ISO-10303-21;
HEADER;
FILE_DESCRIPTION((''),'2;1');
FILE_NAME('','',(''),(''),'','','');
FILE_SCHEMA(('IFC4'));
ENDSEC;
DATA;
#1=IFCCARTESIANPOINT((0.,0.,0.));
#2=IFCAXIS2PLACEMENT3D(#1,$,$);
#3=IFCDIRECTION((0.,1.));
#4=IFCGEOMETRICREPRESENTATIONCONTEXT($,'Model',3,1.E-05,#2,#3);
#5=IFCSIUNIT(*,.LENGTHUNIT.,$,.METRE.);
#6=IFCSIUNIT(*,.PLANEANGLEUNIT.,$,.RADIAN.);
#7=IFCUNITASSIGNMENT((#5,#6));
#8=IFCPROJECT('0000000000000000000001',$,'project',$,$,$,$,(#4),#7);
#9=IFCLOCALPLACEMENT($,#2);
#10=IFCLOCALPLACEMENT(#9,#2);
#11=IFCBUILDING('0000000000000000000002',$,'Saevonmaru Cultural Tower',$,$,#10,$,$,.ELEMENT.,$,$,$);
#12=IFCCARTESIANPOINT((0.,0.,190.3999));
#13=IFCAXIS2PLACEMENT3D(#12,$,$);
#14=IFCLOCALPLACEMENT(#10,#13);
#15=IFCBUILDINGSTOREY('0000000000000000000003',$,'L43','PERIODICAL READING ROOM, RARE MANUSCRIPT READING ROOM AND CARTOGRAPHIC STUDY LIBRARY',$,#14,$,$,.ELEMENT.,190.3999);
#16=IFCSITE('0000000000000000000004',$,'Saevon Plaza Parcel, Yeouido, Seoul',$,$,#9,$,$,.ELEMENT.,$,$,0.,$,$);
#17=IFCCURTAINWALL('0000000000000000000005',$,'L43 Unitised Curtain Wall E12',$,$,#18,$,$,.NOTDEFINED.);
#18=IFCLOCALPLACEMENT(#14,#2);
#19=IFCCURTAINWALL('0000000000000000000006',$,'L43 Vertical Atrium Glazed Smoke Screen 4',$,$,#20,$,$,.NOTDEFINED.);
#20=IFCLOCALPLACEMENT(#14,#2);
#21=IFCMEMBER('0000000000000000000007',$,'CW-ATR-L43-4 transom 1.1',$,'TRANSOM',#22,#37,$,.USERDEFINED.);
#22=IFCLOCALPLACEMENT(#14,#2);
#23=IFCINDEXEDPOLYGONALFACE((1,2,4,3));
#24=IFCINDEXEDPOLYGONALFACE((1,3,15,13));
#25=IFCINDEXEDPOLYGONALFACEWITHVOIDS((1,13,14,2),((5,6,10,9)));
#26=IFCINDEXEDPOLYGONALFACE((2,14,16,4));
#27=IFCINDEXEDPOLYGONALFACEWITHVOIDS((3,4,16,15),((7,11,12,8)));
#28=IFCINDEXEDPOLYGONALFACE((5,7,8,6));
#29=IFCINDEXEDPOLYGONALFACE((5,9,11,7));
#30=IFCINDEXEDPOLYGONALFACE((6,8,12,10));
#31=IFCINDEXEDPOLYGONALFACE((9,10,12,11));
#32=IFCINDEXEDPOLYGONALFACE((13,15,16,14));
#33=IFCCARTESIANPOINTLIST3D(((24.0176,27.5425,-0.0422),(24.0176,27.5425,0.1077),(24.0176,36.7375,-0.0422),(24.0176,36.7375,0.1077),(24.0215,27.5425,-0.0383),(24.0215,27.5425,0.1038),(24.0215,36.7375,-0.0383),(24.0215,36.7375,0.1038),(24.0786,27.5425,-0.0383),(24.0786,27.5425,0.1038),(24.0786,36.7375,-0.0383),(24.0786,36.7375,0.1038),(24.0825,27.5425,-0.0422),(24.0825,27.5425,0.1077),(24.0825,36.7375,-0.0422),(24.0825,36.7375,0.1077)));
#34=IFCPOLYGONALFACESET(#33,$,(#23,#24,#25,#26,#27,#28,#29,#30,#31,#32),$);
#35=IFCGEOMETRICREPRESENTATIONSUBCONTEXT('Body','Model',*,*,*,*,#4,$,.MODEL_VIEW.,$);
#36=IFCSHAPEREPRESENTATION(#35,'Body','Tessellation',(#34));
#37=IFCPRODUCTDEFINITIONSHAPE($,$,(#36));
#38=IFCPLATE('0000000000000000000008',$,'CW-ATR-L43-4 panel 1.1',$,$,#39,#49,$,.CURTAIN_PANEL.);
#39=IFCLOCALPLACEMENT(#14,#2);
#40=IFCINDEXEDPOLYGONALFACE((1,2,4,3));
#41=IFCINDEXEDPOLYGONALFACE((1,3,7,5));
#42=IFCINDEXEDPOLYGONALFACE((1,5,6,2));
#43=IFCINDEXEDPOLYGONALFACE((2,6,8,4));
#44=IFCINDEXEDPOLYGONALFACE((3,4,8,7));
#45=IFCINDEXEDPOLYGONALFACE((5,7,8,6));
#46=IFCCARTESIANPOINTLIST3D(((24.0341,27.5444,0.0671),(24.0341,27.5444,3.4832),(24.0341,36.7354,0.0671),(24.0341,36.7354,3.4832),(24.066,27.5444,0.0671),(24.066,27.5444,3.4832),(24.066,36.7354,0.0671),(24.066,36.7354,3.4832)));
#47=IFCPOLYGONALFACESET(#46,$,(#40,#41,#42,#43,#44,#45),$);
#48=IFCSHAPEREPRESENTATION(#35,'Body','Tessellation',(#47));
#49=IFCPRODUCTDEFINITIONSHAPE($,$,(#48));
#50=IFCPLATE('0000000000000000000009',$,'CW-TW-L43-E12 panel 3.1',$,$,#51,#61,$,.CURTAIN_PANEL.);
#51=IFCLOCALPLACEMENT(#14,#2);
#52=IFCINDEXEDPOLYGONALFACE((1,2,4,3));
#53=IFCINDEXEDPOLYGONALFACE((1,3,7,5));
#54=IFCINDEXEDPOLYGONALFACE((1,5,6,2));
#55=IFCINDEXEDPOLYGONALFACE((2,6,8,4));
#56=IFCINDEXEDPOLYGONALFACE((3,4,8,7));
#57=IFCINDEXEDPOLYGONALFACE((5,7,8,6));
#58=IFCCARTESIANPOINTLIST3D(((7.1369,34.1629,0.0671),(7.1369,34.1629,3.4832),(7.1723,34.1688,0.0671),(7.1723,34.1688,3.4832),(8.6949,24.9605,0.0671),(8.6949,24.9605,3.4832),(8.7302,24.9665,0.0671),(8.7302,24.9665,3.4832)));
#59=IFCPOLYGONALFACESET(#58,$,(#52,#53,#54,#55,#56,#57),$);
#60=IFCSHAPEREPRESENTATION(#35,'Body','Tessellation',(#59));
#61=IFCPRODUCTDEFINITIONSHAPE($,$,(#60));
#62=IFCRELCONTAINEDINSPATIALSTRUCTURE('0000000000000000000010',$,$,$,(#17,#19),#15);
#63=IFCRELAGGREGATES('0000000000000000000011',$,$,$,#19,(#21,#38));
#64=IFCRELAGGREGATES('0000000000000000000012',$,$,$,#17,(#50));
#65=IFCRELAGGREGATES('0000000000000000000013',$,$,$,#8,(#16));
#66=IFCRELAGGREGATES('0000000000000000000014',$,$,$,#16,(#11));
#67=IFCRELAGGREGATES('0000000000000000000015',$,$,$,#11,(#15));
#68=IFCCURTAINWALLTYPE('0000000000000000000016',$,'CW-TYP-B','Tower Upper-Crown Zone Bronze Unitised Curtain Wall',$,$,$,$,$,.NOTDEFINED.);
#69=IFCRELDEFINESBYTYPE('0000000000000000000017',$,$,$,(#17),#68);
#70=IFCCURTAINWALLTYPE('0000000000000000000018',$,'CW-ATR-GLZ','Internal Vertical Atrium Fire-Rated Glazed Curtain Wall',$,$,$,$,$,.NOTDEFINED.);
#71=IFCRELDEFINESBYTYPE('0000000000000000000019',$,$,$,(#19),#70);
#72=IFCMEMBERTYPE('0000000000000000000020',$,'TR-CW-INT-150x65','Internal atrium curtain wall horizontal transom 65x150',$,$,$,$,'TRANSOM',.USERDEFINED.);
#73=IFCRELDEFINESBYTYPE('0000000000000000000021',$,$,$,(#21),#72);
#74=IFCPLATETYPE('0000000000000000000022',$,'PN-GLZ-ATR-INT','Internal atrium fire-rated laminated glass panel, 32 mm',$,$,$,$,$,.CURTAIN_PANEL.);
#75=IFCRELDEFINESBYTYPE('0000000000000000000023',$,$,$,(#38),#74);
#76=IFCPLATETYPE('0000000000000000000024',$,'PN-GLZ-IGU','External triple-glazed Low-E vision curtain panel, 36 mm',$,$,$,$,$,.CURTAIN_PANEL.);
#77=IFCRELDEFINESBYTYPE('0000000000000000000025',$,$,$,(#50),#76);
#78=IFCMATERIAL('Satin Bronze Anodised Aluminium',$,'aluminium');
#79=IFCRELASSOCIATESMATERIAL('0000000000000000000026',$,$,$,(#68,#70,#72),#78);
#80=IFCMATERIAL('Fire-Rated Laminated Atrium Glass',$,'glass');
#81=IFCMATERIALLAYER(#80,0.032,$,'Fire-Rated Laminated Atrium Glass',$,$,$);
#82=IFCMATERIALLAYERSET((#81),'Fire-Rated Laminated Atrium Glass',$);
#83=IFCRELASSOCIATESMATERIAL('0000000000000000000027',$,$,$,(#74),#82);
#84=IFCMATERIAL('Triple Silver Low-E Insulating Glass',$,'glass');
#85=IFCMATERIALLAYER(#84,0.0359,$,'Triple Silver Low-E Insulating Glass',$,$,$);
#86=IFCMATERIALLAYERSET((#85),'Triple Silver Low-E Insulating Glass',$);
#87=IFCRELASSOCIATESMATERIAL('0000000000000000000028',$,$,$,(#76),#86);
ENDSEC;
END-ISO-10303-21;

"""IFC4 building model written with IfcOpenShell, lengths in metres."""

from ifc_helpers import new_model, si_unit, direction, frame, origin, origin_2d, place, context, subcontext, project, spatial, rectangle, hollow_rectangle, extrude, material, layer, layer_set, material_profile, profile_set, type_object, element, aggregate, save


model = new_model("IFC4")

# Units and contexts
model_context = context("Model", 3, precision=1e-05, world=origin(), true_north=direction((0.0, 1.0)))
body_context = subcontext(model_context, "Body", "Model", "MODEL_VIEW")
ifc_project = project(units=[si_unit("LENGTHUNIT", "METRE"), si_unit("PLANEANGLEUNIT", "RADIAN")], contexts=[model_context])

# Site, building, storey
site_placement = place(None, origin())
site = spatial("IfcSite", under=ifc_project, at=site_placement, Name="Saevon Plaza Parcel, Yeouido, Seoul", CompositionType="ELEMENT", RefElevation=0.0)
building_placement = place(site_placement, origin())
building = spatial("IfcBuilding", under=site, at=building_placement, Name="Saevonmaru Cultural Tower", CompositionType="ELEMENT")
storey_placement = place(building_placement, frame((0.0, 0.0, 190.3999)))
storey = spatial("IfcBuildingStorey", under=building, at=storey_placement, Name="L43", Description="PERIODICAL READING ROOM, RARE MANUSCRIPT READING ROOM AND CARTOGRAPHIC STUDY LIBRARY", CompositionType="ELEMENT", Elevation=190.3999)

# Curtain wall
ifc_material_1 = material(Name="Satin Bronze Anodised Aluminium", Category="aluminium")
curtain_wall_type_1 = type_object("IfcCurtainWallType", Name="CW-TYP-B", Description="Tower Upper-Crown Zone Bronze Unitised Curtain Wall", PredefinedType="NOTDEFINED", material=ifc_material_1)
curtain_wall_1_placement = place(storey_placement, origin())
curtain_wall_1 = element("IfcCurtainWall", 1, at=curtain_wall_1_placement, inside=storey, type_object=curtain_wall_type_1, Name="L43 Unitised Curtain Wall E12", PredefinedType="NOTDEFINED")

# Curtain wall
curtain_wall_type_2 = type_object("IfcCurtainWallType", Name="CW-ATR-GLZ", Description="Internal Vertical Atrium Fire-Rated Glazed Curtain Wall", PredefinedType="NOTDEFINED", material=ifc_material_1)
curtain_wall_2_placement = place(storey_placement, origin())
curtain_wall_2 = element("IfcCurtainWall", 2, at=curtain_wall_2_placement, inside=storey, type_object=curtain_wall_type_2, Name="L43 Vertical Atrium Glazed Smoke Screen 4", PredefinedType="NOTDEFINED")

# Member
ifc_material_profile_1 = material_profile(ifc_material_1, hollow_rectangle(XDim=0.0649, YDim=0.1499, WallThickness=0.0039, at=origin_2d()), Name="ALU-TRAN-150x65x4")
ifc_profile_set_1 = profile_set([ifc_material_profile_1], Name="Satin Bronze Anodised Aluminium")
member_type_1 = type_object("IfcMemberType", Name="TR-CW-INT-150x65", Description="Internal atrium curtain wall horizontal transom 65x150", ElementType="TRANSOM", PredefinedType="USERDEFINED", material=ifc_profile_set_1)
member_1_placement = place(storey_placement, frame((24.05, 36.7375, 0.0327), z_axis=(0.0, -1.0, 0.0), x_axis=(1.0, 0.0, 0.0)))
member_1 = element("IfcMember", 3, at=member_1_placement, type_object=member_type_1, Name="CW-ATR-L43-4 transom 1.1", ObjectType="TRANSOM", PredefinedType="USERDEFINED", context=body_context, shape_type="SweptSolid", body=[
    extrude(hollow_rectangle(XDim=0.0649, YDim=0.1499, WallThickness=0.0039, at=origin_2d()), origin(), (0.0, 0.0, 1.0), 9.1951),
])

# Plates
ifc_material_2 = material(Name="Fire-Rated Laminated Atrium Glass", Category="glass")
ifc_layer_1 = layer(ifc_material_2, 0.032, Name="Fire-Rated Laminated Atrium Glass")
ifc_layer_set_1 = layer_set([ifc_layer_1], Name="Fire-Rated Laminated Atrium Glass")
plate_type_1 = type_object("IfcPlateType", Name="PN-GLZ-ATR-INT", Description="Internal atrium fire-rated laminated glass panel, 32 mm", PredefinedType="CURTAIN_PANEL", material=ifc_layer_set_1)
plate_1_placement = place(storey_placement, frame((24.05, 32.1399, 0.0671), z_axis=(0.0, 0.0, 1.0), x_axis=(0.0, -1.0, 0.0)))
plate_1 = element("IfcPlate", 4, at=plate_1_placement, type_object=plate_type_1, Name="CW-ATR-L43-4 panel 1.1", PredefinedType="CURTAIN_PANEL", context=body_context, shape_type="SweptSolid", body=[
    extrude(rectangle(XDim=9.1909, YDim=0.032, at=origin_2d()), origin(), (0.0, 0.0, 1.0), 3.416),
])
aggregate(curtain_wall_2, [member_1, plate_1])
ifc_material_3 = material(Name="Triple Silver Low-E Insulating Glass", Category="glass")
ifc_layer_2 = layer(ifc_material_3, 0.0359, Name="Triple Silver Low-E Insulating Glass")
ifc_layer_set_2 = layer_set([ifc_layer_2], Name="Triple Silver Low-E Insulating Glass")
plate_type_2 = type_object("IfcPlateType", Name="PN-GLZ-IGU", Description="External triple-glazed Low-E vision curtain panel, 36 mm", PredefinedType="CURTAIN_PANEL", material=ifc_layer_set_2)
plate_2_placement = place(storey_placement, frame((7.9336, 29.5647, 0.0671), z_axis=(0.0, 0.0, 1.0), x_axis=(0.166922, -0.98597, 0.0)))
plate_2 = element("IfcPlate", 5, at=plate_2_placement, type_object=plate_type_2, Name="CW-TW-L43-E12 panel 3.1", PredefinedType="CURTAIN_PANEL", context=body_context, shape_type="SweptSolid", body=[
    extrude(rectangle(XDim=9.3333, YDim=0.0359, at=origin_2d()), origin(), (0.0, 0.0, 1.0), 3.416),
])
aggregate(curtain_wall_1, [plate_2])

save(model, "model.ifc")
